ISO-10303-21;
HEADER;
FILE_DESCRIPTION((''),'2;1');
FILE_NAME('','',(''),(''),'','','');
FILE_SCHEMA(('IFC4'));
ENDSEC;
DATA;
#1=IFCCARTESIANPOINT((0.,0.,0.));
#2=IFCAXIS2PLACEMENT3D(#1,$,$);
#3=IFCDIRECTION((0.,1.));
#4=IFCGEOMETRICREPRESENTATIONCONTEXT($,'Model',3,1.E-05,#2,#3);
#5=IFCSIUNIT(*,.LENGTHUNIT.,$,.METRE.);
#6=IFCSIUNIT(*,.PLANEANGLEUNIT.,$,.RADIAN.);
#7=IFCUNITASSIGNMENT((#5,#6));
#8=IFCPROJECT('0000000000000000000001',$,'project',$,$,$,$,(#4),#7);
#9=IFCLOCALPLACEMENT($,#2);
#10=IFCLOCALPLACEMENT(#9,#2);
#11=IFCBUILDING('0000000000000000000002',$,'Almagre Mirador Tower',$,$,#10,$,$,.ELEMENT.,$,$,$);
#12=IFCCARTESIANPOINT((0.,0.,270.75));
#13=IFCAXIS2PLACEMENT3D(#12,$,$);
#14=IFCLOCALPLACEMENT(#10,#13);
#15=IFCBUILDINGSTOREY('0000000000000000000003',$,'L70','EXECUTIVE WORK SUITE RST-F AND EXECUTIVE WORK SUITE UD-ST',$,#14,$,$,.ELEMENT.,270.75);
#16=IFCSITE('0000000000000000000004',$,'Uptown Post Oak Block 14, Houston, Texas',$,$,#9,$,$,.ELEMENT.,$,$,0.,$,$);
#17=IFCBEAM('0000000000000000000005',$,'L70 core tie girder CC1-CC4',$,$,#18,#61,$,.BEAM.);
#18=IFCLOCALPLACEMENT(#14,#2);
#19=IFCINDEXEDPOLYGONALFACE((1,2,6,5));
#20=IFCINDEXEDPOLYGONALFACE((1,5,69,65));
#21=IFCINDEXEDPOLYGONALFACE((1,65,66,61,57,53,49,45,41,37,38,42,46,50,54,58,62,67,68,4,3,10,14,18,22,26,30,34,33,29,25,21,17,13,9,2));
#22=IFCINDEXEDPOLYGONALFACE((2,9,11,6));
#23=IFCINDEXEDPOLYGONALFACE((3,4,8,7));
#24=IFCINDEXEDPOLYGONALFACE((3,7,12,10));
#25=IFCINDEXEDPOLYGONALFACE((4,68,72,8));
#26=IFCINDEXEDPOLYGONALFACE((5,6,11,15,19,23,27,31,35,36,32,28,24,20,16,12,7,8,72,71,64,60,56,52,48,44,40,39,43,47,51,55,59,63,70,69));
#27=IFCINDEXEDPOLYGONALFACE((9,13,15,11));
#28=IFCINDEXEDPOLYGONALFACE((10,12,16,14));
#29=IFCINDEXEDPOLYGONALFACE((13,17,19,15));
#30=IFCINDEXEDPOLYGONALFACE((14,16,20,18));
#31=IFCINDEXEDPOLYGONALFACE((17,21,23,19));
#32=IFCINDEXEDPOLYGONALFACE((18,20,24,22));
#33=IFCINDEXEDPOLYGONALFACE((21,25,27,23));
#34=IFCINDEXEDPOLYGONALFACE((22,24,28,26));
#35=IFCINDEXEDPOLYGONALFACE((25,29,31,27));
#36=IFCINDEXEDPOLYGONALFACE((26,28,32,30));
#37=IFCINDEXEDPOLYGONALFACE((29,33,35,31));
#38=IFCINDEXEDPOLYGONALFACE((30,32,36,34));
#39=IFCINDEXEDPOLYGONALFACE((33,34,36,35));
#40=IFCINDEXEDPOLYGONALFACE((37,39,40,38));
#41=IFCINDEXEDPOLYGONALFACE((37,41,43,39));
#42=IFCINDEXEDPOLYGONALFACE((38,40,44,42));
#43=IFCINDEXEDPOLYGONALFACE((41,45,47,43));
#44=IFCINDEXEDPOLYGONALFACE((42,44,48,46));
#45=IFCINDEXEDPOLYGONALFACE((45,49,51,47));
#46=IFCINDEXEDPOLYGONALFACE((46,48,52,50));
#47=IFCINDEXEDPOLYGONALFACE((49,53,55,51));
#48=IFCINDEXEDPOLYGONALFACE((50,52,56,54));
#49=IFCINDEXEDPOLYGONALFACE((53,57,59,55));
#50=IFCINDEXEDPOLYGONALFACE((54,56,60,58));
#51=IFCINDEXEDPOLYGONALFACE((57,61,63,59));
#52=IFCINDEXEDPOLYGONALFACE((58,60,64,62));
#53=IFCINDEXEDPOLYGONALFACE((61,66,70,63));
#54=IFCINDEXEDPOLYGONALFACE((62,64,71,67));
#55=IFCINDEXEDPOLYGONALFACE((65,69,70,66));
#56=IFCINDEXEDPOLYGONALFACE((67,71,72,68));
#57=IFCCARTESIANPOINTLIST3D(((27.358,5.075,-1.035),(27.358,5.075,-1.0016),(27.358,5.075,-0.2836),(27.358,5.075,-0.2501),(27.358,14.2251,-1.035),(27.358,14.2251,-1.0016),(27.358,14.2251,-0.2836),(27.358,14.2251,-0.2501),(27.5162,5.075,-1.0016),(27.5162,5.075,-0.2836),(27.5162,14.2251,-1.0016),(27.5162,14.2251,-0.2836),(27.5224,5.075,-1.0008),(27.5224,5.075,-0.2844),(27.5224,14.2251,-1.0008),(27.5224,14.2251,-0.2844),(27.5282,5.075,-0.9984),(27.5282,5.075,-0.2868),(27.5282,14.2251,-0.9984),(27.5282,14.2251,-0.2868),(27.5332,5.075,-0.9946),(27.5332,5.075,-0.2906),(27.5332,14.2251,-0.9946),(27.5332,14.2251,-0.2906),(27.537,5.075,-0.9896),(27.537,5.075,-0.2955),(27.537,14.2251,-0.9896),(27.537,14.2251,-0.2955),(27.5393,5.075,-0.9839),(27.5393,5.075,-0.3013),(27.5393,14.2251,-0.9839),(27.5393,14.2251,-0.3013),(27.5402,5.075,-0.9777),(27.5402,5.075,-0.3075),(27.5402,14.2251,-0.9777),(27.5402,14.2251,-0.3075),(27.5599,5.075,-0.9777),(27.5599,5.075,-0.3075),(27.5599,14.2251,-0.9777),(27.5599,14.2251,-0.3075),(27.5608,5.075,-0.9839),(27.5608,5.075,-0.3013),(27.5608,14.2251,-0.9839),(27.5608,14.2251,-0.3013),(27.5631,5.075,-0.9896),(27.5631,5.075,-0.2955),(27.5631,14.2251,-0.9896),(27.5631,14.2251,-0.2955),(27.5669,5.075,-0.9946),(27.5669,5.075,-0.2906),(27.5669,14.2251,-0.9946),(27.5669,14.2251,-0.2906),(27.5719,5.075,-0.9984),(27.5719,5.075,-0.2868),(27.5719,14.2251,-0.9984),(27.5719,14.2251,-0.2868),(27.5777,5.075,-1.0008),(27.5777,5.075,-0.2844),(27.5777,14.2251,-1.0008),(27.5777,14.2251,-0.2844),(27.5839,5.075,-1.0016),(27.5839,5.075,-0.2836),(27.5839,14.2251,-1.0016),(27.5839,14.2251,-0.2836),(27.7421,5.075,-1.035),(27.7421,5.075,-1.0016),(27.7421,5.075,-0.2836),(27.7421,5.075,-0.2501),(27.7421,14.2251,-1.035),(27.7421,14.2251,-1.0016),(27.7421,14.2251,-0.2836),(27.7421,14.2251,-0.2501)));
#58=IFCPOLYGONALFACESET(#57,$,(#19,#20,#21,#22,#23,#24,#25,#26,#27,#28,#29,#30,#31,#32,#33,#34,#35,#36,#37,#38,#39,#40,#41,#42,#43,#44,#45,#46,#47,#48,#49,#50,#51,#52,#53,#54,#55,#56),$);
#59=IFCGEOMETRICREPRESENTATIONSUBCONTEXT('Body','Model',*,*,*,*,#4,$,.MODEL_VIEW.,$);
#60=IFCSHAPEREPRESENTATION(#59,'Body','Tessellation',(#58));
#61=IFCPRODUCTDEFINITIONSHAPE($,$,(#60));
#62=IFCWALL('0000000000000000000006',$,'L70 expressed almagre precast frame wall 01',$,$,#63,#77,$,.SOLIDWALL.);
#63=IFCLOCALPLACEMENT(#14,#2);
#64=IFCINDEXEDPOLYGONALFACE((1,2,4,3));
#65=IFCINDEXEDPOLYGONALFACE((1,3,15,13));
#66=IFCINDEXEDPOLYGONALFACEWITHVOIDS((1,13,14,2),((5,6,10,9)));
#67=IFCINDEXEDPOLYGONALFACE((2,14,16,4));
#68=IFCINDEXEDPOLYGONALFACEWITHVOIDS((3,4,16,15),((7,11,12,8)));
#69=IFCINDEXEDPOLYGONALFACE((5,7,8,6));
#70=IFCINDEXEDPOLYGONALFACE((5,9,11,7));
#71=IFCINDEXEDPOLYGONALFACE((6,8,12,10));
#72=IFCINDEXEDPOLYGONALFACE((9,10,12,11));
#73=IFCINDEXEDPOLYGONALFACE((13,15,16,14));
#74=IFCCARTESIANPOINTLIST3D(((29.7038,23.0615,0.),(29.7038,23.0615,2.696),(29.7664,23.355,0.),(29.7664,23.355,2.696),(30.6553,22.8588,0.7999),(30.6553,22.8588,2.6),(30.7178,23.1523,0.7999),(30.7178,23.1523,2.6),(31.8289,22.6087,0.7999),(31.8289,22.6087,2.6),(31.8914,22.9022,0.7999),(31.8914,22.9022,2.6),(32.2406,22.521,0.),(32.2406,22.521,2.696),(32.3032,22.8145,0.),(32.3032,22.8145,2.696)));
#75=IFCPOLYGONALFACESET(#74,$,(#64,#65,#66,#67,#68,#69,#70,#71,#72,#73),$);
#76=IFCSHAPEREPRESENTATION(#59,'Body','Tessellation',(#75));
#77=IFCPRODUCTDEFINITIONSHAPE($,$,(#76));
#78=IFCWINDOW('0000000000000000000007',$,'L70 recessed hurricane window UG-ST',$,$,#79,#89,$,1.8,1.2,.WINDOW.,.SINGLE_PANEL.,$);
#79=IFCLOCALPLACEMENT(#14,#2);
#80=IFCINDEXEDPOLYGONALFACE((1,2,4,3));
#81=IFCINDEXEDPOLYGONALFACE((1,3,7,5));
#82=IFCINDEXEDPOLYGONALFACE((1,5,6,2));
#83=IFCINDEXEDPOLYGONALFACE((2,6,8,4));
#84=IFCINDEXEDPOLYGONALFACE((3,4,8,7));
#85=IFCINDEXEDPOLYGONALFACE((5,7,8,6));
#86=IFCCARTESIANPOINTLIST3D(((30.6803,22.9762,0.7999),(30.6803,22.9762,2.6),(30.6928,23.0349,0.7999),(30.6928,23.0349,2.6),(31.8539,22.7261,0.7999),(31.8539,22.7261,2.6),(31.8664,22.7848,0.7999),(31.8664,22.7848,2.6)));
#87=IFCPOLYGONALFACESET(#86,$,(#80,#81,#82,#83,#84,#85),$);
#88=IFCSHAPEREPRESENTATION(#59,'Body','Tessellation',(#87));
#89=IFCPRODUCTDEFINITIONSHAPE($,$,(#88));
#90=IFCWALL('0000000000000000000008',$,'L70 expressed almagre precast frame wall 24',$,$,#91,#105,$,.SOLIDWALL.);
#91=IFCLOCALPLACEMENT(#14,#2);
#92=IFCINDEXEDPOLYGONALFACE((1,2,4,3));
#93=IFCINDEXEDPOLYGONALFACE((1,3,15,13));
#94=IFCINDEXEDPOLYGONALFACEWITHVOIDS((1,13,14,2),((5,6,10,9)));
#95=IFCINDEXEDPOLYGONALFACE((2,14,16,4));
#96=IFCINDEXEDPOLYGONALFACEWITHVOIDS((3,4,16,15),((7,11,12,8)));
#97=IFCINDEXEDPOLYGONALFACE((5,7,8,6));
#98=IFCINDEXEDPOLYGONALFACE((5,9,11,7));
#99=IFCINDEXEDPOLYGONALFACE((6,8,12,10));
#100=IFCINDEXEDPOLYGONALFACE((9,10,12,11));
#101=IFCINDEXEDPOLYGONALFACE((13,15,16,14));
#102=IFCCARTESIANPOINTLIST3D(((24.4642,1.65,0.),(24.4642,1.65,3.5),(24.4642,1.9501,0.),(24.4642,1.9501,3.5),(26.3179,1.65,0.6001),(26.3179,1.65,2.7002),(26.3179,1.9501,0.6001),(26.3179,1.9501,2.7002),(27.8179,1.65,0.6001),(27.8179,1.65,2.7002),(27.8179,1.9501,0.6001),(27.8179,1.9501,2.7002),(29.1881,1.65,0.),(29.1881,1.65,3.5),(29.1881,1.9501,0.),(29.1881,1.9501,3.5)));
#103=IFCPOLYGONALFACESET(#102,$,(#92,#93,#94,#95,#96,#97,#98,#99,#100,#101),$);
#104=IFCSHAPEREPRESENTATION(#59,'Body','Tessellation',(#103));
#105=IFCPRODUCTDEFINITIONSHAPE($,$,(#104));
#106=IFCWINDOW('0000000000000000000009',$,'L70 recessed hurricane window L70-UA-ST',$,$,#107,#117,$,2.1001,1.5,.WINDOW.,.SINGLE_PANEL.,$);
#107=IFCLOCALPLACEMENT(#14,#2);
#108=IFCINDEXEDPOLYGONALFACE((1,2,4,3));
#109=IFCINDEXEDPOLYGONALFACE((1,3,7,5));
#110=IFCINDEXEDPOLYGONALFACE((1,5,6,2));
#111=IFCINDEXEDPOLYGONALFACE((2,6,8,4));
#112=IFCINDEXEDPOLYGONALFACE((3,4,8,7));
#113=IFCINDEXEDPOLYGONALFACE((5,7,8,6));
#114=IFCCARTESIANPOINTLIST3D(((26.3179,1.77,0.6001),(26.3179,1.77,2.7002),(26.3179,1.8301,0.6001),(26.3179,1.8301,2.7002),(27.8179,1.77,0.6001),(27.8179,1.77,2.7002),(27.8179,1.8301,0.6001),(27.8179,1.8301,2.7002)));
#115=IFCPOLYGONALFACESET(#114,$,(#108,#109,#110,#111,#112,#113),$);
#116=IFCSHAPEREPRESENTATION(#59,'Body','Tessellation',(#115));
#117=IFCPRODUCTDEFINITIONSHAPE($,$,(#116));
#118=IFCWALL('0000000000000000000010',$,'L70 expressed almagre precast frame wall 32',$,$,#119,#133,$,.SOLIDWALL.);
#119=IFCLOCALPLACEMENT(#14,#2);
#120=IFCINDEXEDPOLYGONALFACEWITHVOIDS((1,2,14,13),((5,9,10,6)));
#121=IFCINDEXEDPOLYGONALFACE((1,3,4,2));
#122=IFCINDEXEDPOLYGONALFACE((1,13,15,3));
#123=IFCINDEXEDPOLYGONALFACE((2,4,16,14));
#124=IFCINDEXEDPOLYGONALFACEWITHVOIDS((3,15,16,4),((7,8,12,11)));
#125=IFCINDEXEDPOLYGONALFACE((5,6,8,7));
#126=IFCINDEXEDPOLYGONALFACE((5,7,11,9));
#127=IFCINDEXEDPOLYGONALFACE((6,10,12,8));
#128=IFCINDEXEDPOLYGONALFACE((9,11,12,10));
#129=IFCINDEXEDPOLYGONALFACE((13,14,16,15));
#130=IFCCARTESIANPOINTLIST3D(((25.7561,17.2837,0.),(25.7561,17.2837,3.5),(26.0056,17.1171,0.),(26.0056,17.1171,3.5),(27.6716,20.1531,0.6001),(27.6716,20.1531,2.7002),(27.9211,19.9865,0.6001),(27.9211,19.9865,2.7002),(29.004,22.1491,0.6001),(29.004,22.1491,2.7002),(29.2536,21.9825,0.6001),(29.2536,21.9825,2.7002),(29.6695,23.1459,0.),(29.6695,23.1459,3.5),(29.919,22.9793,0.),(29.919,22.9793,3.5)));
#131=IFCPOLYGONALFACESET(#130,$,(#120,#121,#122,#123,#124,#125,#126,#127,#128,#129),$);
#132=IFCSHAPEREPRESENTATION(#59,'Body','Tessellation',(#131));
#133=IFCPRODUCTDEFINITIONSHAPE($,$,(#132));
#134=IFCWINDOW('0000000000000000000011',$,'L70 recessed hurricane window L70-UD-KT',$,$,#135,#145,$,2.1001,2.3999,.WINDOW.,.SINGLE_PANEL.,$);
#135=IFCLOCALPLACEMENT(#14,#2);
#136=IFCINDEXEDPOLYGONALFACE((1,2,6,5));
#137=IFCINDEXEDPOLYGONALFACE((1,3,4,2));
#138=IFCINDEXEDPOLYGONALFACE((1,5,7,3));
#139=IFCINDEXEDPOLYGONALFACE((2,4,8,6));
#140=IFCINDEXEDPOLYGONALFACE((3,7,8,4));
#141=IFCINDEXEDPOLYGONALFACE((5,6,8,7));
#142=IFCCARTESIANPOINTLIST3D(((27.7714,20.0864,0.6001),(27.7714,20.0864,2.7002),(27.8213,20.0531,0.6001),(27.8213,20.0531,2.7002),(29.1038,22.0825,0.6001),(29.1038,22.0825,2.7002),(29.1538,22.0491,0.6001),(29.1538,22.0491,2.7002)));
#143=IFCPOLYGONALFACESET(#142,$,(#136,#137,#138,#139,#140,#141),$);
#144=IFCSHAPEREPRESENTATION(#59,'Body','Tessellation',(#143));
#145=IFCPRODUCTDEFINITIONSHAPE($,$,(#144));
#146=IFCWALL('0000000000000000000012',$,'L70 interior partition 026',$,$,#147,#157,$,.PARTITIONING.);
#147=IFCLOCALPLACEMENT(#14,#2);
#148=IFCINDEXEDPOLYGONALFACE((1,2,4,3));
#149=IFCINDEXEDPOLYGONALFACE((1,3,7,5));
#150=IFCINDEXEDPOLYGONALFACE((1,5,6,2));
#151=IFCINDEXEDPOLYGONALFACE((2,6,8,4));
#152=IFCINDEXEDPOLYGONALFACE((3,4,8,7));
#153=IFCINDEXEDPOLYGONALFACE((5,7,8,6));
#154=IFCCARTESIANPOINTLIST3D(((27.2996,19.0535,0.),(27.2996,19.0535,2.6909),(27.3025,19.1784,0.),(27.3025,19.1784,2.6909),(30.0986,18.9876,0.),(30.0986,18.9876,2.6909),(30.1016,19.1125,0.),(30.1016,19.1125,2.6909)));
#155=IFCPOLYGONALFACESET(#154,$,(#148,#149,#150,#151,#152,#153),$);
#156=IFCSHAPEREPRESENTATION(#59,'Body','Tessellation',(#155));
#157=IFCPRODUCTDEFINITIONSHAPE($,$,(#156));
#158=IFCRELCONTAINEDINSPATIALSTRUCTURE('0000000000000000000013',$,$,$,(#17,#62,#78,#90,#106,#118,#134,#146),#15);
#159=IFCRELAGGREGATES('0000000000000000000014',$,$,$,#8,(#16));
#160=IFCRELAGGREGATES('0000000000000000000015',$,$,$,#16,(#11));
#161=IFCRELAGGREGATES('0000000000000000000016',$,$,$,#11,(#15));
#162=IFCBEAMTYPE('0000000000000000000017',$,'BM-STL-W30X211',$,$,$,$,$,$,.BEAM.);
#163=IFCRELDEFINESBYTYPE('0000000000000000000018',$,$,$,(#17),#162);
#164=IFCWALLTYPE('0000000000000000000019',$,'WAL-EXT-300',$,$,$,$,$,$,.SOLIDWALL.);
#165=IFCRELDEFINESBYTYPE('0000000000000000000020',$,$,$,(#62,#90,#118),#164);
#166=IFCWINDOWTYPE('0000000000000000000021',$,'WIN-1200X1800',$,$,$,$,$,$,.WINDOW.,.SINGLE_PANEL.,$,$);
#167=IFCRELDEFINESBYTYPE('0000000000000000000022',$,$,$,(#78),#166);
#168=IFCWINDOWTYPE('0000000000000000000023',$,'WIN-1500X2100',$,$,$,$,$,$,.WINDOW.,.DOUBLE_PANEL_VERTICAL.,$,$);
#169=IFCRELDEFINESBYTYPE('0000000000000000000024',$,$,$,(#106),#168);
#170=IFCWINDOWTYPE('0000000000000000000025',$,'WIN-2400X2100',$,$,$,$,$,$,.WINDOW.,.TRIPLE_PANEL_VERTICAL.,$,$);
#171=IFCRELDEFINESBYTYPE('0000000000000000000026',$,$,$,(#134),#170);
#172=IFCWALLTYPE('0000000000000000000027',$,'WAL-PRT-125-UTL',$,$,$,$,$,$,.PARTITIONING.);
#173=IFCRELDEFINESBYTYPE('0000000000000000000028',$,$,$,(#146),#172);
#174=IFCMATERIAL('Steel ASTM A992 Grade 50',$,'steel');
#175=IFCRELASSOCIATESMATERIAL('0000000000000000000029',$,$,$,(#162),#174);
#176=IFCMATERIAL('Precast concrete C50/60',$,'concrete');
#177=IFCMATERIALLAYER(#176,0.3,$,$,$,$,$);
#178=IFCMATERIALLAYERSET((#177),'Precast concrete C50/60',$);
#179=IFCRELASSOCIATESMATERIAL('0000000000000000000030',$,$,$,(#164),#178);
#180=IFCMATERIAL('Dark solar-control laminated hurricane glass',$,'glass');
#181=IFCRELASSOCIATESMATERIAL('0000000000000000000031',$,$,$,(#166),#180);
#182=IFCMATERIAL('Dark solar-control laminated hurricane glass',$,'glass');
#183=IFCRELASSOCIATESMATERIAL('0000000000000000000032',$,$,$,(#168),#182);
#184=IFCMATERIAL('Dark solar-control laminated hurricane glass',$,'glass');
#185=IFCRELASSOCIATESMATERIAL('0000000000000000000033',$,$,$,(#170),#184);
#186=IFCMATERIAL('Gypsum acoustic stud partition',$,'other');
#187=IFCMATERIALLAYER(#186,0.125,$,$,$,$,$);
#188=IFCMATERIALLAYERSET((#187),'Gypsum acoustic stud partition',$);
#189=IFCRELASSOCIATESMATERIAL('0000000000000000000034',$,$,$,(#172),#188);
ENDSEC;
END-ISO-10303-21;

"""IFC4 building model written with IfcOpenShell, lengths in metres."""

from ifc_helpers import new_model, si_unit, direction, frame, frame_2d, origin, origin_2d, place, context, subcontext, project, spatial, rectangle, i_section, extrude, material, layer, layer_set, material_profile, profile_set, type_object, element, fill, save


model = new_model("IFC4")

# Units and contexts
model_context = context("Model", 3, precision=1e-05, world=origin(), true_north=direction((0.0, 1.0)))
body_context = subcontext(model_context, "Body", "Model", "MODEL_VIEW")
ifc_project = project(units=[si_unit("LENGTHUNIT", "METRE"), si_unit("PLANEANGLEUNIT", "RADIAN")], contexts=[model_context])

# Site, building, storey
site_placement = place(None, origin())
site = spatial("IfcSite", under=ifc_project, at=site_placement, Name="Uptown Post Oak Block 14, Houston, Texas", CompositionType="ELEMENT", RefElevation=0.0)
building_placement = place(site_placement, origin())
building = spatial("IfcBuilding", under=site, at=building_placement, Name="Almagre Mirador Tower", CompositionType="ELEMENT")
storey_placement = place(building_placement, frame((0.0, 0.0, 270.75)))
storey = spatial("IfcBuildingStorey", under=building, at=storey_placement, Name="L70", Description="EXECUTIVE WORK SUITE RST-F AND EXECUTIVE WORK SUITE UD-ST", CompositionType="ELEMENT", Elevation=270.75)

# Beam
ifc_material_1 = material(Name="Steel ASTM A992 Grade 50", Category="steel")
ifc_material_profile_1 = material_profile(ifc_material_1, i_section(OverallWidth=0.384, OverallDepth=0.7849, WebThickness=0.0198, FlangeThickness=0.0334, FilletRadius=0.0239, at=origin_2d()), Name="W30X211")
ifc_profile_set_1 = profile_set([ifc_material_profile_1], Name="Steel ASTM A992 Grade 50")
beam_type_1 = type_object("IfcBeamType", Name="BM-STL-W30X211", PredefinedType="BEAM", material=ifc_profile_set_1)
beam_1_placement = place(storey_placement, frame((27.55, 5.075, -0.6426), z_axis=(0.0, 1.0, 0.0), x_axis=(-1.0, 0.0, 0.0)))
element("IfcBeam", 1, at=beam_1_placement, inside=storey, type_object=beam_type_1, Name="L70 core tie girder CC1-CC4", PredefinedType="BEAM", context=body_context, shape_type="SweptSolid", body=[
    extrude(i_section(OverallWidth=0.384, OverallDepth=0.7849, WebThickness=0.0198, FlangeThickness=0.0334, FilletRadius=0.0239, at=origin_2d()), origin(), (0.0, 0.0, 1.0), 9.1501),
])

# Walls, openings, windows
ifc_material_2 = material(Name="Precast concrete C50/60", Category="concrete")
ifc_layer_1 = layer(ifc_material_2, 0.3)
ifc_layer_set_1 = layer_set([ifc_layer_1], Name="Precast concrete C50/60")
wall_type_1 = type_object("IfcWallType", Name="WAL-EXT-300", PredefinedType="SOLIDWALL", material=ifc_layer_set_1)
wall_1_placement = place(storey_placement, frame((29.7351, 23.2083, 0.0), z_axis=(0.0, 0.0, 1.0), x_axis=(0.978046, -0.208391, 0.0)))
wall_1 = element("IfcWall", 2, at=wall_1_placement, inside=storey, type_object=wall_type_1, Name="L70 expressed almagre precast frame wall 01", PredefinedType="SOLIDWALL", context=body_context, shape_type="SweptSolid", body=[
    extrude(rectangle(XDim=2.5938, YDim=0.3, at=frame_2d((1.2969, 0.0))), origin(), (0.0, 0.0, 1.0), 2.696),
])
opening_1_placement = place(wall_1_placement, frame((0.9727, 0.0, 0.8)))
opening_1 = element("IfcOpeningElement", 3, at=opening_1_placement, cuts=wall_1, PredefinedType="OPENING", context=body_context, shape_type="SweptSolid", body=[
    extrude(rectangle(XDim=1.2, YDim=1.8, at=frame_2d((0.6001, 0.8999))), frame((0.0, 0.1599, 0.0), z_axis=(0.0, -1.0, 0.0), x_axis=(1.0, 0.0, 0.0)), (0.0, 0.0, 1.0), 0.32),
])
ifc_material_3 = material(Name="Dark solar-control laminated hurricane glass", Category="glass")
window_type_1 = type_object("IfcWindowType", Name="WIN-1200X1800", PartitioningType="SINGLE_PANEL", PredefinedType="WINDOW", material=ifc_material_3)
window_1_placement = place(opening_1_placement, origin())
window_1 = element("IfcWindow", 4, at=window_1_placement, inside=storey, type_object=window_type_1, Name="L70 recessed hurricane window UG-ST", OverallHeight=1.8, OverallWidth=1.2, PartitioningType="SINGLE_PANEL", PredefinedType="WINDOW", context=body_context, shape_type="SweptSolid", body=[
    extrude(rectangle(XDim=1.2, YDim=1.8, at=frame_2d((0.6001, 0.8999))), frame((0.0, 0.03, 0.0), z_axis=(0.0, -1.0, 0.0), x_axis=(1.0, 0.0, 0.0)), (0.0, 0.0, 1.0), 0.0601),
])
fill(opening_1, window_1)
wall_2_placement = place(storey_placement, frame((29.188, 1.8, 0.0), z_axis=(0.0, 0.0, 1.0), x_axis=(-1.0, 0.0, 0.0)))
wall_2 = element("IfcWall", 5, at=wall_2_placement, inside=storey, type_object=wall_type_1, Name="L70 expressed almagre precast frame wall 24", PredefinedType="SOLIDWALL", context=body_context, shape_type="SweptSolid", body=[
    extrude(rectangle(XDim=4.7239, YDim=0.3, at=frame_2d((2.3618, 0.0))), origin(), (0.0, 0.0, 1.0), 3.5),
])
opening_2_placement = place(wall_2_placement, frame((1.3701, 0.0, 0.6001)))
opening_2 = element("IfcOpeningElement", 6, at=opening_2_placement, cuts=wall_2, PredefinedType="OPENING", context=body_context, shape_type="SweptSolid", body=[
    extrude(rectangle(XDim=1.5, YDim=2.1001, at=frame_2d((0.75, 1.05))), frame((0.0, 0.1599, 0.0), z_axis=(0.0, -1.0, 0.0), x_axis=(1.0, 0.0, 0.0)), (0.0, 0.0, 1.0), 0.32),
])
ifc_material_4 = material(Name="Dark solar-control laminated hurricane glass", Category="glass")
window_type_2 = type_object("IfcWindowType", Name="WIN-1500X2100", PartitioningType="DOUBLE_PANEL_VERTICAL", PredefinedType="WINDOW", material=ifc_material_4)
window_2_placement = place(opening_2_placement, origin())
window_2 = element("IfcWindow", 7, at=window_2_placement, inside=storey, type_object=window_type_2, Name="L70 recessed hurricane window L70-UA-ST", OverallHeight=2.1001, OverallWidth=1.5, PartitioningType="SINGLE_PANEL", PredefinedType="WINDOW", context=body_context, shape_type="SweptSolid", body=[
    extrude(rectangle(XDim=1.5, YDim=2.1001, at=frame_2d((0.75, 1.05))), frame((0.0, 0.03, 0.0), z_axis=(0.0, -1.0, 0.0), x_axis=(1.0, 0.0, 0.0)), (0.0, 0.0, 1.0), 0.0601),
])
fill(opening_2, window_2)
wall_3_placement = place(storey_placement, frame((25.8809, 17.2004, 0.0), z_axis=(0.0, 0.0, 1.0), x_axis=(0.55522, 0.831704, 0.0)))
wall_3 = element("IfcWall", 8, at=wall_3_placement, inside=storey, type_object=wall_type_1, Name="L70 expressed almagre precast frame wall 32", PredefinedType="SOLIDWALL", context=body_context, shape_type="SweptSolid", body=[
    extrude(rectangle(XDim=7.0483, YDim=0.3, at=frame_2d((3.5242, 0.0))), origin(), (0.0, 0.0, 1.0), 3.5),
])
opening_3_placement = place(wall_3_placement, frame((3.45, 0.0, 0.6001)))
opening_3 = element("IfcOpeningElement", 9, at=opening_3_placement, cuts=wall_3, PredefinedType="OPENING", context=body_context, shape_type="SweptSolid", body=[
    extrude(rectangle(XDim=2.3999, YDim=2.1001, at=frame_2d((1.2, 1.05))), frame((0.0, 0.1599, 0.0), z_axis=(0.0, -1.0, 0.0), x_axis=(1.0, 0.0, 0.0)), (0.0, 0.0, 1.0), 0.32),
])
ifc_material_5 = material(Name="Dark solar-control laminated hurricane glass", Category="glass")
window_type_3 = type_object("IfcWindowType", Name="WIN-2400X2100", PartitioningType="TRIPLE_PANEL_VERTICAL", PredefinedType="WINDOW", material=ifc_material_5)
window_3_placement = place(opening_3_placement, origin())
window_3 = element("IfcWindow", 10, at=window_3_placement, inside=storey, type_object=window_type_3, Name="L70 recessed hurricane window L70-UD-KT", OverallHeight=2.1001, OverallWidth=2.3999, PartitioningType="SINGLE_PANEL", PredefinedType="WINDOW", context=body_context, shape_type="SweptSolid", body=[
    extrude(rectangle(XDim=2.3999, YDim=2.1001, at=frame_2d((1.2, 1.05))), frame((0.0, 0.03, 0.0), z_axis=(0.0, -1.0, 0.0), x_axis=(1.0, 0.0, 0.0)), (0.0, 0.0, 1.0), 0.0601),
])
fill(opening_3, window_3)

# Wall
ifc_material_6 = material(Name="Gypsum acoustic stud partition", Category="other")
ifc_layer_2 = layer(ifc_material_6, 0.125)
ifc_layer_set_2 = layer_set([ifc_layer_2], Name="Gypsum acoustic stud partition")
wall_type_2 = type_object("IfcWallType", Name="WAL-PRT-125-UTL", PredefinedType="PARTITIONING", material=ifc_layer_set_2)
wall_4_placement = place(storey_placement, frame((30.1001, 19.05, 0.0), z_axis=(0.0, 0.0, 1.0), x_axis=(-0.999723, 0.023543, 0.0)))
element("IfcWall", 11, at=wall_4_placement, inside=storey, type_object=wall_type_2, Name="L70 interior partition 026", PredefinedType="PARTITIONING", context=body_context, shape_type="SweptSolid", body=[
    extrude(rectangle(XDim=2.7998, YDim=0.125, at=frame_2d((1.3999, 0.0))), origin(), (0.0, 0.0, 1.0), 2.6909),
])

save(model, "model.ifc")
